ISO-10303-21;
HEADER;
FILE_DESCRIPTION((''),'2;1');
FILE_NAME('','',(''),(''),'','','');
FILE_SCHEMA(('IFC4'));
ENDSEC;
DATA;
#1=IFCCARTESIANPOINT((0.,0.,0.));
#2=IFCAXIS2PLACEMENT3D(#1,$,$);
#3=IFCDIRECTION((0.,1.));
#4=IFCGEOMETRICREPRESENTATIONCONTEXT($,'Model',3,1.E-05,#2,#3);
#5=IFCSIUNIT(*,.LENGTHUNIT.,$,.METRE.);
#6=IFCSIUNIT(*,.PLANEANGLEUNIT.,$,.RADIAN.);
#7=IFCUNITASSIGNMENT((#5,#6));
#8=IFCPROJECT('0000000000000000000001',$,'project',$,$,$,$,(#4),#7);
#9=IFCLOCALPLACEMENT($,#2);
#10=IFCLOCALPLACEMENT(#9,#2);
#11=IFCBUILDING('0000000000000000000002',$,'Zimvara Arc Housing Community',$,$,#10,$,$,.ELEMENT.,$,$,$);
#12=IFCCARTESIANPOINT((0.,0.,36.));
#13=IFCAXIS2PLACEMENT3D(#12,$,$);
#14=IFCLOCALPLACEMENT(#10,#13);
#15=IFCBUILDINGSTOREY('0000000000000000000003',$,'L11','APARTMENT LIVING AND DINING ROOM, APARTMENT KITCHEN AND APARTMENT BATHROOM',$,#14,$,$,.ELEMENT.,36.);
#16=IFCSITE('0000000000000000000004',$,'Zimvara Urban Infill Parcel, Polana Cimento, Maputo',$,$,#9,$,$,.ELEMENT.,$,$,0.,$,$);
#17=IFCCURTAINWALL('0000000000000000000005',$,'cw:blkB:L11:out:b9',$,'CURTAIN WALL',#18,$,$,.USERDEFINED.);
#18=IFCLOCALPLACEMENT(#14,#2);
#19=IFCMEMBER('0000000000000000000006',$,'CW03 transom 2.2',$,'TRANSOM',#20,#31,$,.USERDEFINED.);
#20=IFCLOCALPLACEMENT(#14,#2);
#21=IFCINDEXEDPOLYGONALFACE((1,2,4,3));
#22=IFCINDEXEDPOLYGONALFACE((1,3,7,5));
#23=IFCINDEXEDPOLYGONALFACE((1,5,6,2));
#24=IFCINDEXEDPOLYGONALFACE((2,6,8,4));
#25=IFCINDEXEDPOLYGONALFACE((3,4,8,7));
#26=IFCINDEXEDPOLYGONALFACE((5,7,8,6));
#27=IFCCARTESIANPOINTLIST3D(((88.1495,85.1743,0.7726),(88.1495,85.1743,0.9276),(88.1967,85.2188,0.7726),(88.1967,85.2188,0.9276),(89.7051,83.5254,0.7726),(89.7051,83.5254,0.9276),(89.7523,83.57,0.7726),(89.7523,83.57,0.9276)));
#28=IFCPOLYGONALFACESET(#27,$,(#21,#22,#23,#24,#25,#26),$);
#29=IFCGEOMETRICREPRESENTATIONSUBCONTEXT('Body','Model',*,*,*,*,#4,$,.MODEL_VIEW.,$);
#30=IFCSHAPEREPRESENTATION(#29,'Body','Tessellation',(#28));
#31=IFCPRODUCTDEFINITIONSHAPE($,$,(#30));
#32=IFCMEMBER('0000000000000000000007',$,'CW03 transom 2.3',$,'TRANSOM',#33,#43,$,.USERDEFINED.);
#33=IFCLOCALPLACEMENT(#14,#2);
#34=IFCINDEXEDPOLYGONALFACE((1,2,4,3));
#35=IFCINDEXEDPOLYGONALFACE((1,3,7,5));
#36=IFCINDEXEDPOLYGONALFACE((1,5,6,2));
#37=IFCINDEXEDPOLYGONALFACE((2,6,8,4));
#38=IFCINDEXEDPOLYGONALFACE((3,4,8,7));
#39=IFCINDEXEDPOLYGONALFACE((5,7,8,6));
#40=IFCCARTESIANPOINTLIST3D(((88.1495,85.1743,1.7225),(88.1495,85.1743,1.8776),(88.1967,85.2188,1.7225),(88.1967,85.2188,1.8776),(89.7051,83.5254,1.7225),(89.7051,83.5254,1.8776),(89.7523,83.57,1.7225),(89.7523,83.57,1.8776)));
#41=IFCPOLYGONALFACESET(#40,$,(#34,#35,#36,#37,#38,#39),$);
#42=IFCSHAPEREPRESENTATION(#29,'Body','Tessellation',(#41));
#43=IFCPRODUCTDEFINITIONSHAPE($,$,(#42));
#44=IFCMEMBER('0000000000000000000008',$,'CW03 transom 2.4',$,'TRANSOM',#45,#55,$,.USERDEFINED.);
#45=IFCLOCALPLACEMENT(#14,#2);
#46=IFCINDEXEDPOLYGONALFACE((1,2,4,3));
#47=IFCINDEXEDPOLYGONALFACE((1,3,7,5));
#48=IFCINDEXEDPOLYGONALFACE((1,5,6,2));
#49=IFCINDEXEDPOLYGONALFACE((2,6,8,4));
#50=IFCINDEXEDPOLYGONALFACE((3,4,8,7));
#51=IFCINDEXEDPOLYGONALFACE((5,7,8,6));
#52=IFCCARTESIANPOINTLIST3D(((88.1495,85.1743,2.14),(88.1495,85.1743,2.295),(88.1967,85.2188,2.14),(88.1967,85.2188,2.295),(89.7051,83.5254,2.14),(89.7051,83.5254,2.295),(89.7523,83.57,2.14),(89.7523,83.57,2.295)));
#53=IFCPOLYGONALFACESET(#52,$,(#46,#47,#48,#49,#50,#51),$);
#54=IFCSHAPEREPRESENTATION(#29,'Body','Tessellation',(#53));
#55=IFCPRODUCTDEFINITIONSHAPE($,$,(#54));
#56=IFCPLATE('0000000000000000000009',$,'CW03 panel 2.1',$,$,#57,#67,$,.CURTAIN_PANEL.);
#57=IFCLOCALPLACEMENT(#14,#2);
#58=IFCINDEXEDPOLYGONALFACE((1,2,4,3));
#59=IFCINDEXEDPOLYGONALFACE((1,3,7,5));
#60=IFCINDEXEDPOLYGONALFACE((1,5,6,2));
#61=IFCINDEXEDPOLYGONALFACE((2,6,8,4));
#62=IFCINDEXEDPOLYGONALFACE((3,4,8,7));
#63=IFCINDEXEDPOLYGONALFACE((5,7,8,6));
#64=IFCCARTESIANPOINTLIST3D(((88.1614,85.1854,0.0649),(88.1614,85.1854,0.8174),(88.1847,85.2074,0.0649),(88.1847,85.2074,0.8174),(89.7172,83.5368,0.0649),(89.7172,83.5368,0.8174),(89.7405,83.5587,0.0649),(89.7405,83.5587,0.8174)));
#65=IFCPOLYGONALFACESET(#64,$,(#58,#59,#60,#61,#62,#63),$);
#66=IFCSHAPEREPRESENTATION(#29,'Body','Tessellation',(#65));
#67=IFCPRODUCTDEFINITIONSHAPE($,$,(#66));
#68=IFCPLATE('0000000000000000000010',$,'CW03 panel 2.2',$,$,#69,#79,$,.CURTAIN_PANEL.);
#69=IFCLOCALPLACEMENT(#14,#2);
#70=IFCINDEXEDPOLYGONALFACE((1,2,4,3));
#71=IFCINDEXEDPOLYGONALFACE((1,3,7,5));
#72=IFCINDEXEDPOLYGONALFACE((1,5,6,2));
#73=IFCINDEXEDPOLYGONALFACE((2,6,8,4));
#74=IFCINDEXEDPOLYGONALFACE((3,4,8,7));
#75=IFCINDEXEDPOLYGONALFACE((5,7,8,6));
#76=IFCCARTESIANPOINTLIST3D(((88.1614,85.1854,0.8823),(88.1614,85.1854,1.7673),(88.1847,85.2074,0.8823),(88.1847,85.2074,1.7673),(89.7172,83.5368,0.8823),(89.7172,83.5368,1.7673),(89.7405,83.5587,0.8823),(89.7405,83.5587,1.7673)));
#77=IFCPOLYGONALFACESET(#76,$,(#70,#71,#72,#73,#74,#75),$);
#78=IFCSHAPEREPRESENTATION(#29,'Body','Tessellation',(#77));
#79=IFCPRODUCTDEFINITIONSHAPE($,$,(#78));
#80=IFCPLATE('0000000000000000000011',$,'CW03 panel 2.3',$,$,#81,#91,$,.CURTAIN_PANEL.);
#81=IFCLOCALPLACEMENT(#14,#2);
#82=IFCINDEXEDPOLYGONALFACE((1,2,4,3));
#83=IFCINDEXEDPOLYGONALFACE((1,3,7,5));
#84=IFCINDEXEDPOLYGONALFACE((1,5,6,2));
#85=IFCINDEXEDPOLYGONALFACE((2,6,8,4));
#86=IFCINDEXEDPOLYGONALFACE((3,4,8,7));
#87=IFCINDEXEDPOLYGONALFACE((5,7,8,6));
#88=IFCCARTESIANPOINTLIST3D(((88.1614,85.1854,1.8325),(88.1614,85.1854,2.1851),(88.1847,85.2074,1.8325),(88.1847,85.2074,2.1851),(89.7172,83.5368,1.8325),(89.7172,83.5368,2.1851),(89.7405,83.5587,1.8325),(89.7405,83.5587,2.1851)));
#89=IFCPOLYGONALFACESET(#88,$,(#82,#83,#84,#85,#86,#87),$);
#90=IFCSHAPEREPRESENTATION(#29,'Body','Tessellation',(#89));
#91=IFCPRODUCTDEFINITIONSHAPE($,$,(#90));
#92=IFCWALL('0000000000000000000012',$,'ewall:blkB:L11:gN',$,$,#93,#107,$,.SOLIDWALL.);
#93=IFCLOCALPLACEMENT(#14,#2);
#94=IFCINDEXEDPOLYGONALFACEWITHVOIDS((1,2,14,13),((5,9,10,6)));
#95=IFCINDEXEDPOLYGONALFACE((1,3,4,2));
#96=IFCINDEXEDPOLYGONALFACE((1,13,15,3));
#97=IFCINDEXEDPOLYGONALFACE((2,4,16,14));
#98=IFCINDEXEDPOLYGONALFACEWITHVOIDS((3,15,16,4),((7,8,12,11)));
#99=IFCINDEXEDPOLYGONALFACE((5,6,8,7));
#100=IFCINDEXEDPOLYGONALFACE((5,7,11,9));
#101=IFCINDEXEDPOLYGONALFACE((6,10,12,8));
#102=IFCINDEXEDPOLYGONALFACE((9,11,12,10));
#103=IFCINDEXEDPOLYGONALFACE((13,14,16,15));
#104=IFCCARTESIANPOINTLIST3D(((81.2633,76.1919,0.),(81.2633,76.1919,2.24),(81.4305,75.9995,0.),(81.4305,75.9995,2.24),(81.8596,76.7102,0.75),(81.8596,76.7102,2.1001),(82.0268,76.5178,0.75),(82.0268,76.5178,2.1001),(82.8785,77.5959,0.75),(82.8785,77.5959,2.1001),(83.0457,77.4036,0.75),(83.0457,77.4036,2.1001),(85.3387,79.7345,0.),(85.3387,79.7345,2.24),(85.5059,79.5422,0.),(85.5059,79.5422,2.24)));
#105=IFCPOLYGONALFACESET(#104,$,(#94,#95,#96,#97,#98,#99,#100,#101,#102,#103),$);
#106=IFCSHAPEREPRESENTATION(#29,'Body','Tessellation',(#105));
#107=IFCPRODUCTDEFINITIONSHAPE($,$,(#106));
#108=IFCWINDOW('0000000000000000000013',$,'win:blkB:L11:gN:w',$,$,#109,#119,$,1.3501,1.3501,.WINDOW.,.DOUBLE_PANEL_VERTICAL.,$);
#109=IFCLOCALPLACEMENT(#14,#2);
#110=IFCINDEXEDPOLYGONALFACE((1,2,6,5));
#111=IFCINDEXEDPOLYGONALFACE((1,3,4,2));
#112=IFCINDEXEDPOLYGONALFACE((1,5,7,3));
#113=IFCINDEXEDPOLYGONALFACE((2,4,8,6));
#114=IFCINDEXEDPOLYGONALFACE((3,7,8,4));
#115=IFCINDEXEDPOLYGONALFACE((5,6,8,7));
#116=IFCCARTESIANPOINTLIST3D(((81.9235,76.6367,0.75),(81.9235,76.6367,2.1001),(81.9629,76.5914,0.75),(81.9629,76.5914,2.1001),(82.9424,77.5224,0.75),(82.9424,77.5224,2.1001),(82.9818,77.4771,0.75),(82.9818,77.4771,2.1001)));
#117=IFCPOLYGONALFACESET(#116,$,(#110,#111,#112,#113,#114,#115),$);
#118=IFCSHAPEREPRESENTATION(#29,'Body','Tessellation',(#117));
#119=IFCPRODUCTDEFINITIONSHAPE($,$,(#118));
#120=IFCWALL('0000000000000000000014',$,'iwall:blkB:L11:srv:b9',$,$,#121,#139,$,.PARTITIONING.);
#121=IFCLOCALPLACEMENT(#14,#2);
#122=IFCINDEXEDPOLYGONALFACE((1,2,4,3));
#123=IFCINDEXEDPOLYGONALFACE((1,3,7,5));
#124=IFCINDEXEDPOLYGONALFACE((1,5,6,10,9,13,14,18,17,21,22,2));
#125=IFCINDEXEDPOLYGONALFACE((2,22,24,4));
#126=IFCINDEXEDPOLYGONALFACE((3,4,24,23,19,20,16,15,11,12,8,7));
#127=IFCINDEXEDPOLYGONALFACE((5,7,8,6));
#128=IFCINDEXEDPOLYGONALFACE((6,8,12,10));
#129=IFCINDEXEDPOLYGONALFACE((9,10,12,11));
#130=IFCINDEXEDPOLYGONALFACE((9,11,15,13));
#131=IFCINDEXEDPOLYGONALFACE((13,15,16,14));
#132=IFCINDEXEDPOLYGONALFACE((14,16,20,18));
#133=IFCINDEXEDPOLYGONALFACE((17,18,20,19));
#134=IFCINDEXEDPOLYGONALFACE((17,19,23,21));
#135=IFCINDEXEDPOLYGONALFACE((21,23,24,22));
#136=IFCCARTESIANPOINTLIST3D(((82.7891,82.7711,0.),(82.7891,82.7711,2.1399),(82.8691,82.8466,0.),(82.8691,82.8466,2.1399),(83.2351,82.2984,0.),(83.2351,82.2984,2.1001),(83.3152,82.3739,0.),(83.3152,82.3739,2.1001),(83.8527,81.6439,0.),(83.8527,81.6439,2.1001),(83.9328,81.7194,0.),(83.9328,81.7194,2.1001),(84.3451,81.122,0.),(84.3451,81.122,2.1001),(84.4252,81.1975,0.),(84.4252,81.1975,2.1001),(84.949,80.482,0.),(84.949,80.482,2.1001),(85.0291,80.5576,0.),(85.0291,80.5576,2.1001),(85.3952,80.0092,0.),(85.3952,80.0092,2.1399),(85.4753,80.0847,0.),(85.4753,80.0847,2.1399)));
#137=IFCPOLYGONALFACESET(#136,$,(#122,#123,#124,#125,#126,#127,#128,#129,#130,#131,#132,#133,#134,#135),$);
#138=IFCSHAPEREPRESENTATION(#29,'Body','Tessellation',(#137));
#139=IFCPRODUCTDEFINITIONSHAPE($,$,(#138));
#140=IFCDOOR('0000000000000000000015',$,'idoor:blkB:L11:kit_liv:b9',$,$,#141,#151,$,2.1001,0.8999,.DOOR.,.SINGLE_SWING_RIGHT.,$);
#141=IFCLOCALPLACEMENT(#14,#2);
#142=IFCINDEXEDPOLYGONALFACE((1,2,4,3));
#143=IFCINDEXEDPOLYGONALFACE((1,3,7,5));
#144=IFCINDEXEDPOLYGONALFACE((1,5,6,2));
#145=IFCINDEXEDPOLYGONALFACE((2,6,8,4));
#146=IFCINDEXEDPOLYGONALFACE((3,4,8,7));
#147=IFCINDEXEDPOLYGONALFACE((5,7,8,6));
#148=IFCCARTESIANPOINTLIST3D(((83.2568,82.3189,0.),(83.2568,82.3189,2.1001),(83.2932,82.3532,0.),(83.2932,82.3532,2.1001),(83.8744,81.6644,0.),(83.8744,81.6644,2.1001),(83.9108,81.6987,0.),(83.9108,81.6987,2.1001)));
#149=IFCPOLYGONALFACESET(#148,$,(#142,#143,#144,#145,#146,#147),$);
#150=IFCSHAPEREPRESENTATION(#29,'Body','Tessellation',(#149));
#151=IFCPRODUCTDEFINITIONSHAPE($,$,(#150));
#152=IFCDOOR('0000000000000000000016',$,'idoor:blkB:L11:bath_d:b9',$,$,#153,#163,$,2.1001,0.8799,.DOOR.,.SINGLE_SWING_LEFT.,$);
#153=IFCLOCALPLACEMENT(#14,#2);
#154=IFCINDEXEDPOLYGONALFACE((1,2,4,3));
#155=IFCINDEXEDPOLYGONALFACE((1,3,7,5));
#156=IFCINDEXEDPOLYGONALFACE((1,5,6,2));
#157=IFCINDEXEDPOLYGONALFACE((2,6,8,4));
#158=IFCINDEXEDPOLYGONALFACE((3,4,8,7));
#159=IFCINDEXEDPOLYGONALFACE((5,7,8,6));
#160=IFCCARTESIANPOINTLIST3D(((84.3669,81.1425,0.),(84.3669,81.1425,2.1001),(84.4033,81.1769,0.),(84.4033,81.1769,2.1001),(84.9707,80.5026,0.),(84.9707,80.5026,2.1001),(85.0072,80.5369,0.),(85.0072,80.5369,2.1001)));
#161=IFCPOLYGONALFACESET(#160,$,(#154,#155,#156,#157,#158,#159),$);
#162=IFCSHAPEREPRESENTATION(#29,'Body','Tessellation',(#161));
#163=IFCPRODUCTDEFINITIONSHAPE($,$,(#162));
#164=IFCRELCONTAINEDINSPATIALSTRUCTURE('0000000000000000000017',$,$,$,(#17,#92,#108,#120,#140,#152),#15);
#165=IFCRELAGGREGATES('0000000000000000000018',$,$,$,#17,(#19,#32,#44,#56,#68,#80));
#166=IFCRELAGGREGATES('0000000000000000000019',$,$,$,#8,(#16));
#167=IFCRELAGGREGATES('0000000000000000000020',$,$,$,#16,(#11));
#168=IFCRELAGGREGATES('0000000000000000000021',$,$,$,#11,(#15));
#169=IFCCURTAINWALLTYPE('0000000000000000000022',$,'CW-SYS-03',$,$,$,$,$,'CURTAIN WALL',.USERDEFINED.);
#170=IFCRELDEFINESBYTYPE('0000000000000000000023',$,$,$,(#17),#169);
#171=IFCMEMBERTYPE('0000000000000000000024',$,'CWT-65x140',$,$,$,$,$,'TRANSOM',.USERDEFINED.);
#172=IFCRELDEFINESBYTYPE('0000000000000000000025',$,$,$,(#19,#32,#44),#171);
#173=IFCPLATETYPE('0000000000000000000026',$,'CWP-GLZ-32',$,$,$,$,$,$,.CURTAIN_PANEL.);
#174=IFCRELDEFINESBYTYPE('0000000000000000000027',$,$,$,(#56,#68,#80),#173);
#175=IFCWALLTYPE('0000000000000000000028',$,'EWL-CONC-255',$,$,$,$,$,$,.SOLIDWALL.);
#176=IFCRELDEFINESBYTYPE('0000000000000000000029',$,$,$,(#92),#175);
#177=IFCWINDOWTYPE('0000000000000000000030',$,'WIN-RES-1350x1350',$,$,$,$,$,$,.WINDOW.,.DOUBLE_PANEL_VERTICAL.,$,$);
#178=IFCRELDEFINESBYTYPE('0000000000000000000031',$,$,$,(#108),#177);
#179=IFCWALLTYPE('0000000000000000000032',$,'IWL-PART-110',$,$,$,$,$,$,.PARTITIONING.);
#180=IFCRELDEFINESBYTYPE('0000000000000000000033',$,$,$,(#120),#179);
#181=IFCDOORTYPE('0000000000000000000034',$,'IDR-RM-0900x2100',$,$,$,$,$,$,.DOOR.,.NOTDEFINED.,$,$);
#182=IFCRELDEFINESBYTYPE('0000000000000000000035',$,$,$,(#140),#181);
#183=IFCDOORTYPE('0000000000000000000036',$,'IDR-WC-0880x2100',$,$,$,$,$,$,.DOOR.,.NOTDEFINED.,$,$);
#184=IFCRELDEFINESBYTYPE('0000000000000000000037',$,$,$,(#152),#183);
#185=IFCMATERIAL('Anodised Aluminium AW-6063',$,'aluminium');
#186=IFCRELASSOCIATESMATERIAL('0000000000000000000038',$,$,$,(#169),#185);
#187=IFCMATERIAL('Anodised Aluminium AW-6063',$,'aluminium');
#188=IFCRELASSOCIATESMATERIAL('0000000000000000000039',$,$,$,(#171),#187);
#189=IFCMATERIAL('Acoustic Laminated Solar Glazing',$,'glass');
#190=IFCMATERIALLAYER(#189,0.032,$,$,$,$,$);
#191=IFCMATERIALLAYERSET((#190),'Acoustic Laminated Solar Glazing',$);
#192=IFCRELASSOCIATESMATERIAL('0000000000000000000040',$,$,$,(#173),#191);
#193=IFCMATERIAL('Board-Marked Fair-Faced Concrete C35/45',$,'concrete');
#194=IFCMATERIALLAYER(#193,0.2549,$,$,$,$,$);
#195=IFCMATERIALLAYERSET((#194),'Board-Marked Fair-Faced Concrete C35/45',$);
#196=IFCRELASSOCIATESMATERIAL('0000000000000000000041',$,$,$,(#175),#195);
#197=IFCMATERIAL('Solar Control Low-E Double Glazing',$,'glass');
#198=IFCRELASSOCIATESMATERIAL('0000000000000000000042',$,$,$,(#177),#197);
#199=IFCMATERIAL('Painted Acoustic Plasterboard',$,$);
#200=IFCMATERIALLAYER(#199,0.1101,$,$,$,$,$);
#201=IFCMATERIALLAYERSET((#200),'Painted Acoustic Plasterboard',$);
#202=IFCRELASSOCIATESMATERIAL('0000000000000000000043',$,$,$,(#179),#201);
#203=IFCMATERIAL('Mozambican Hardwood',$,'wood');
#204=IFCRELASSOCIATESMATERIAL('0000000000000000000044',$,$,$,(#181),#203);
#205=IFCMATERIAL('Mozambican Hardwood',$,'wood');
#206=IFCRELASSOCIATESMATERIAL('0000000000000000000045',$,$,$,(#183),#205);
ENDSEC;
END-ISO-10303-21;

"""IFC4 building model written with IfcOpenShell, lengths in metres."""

from ifc_helpers import new_model, si_unit, direction, frame, frame_2d, origin, origin_2d, place, context, subcontext, project, spatial, rectangle, extrude, material, layer, layer_set, material_profile, profile_set, type_object, element, fill, aggregate, save


model = new_model("IFC4")

# Units and contexts
model_context = context("Model", 3, precision=1e-05, world=origin(), true_north=direction((0.0, 1.0)))
body_context = subcontext(model_context, "Body", "Model", "MODEL_VIEW")
ifc_project = project(units=[si_unit("LENGTHUNIT", "METRE"), si_unit("PLANEANGLEUNIT", "RADIAN")], contexts=[model_context])

# Site, building, storey
site_placement = place(None, origin())
site = spatial("IfcSite", under=ifc_project, at=site_placement, Name="Zimvara Urban Infill Parcel, Polana Cimento, Maputo", CompositionType="ELEMENT", RefElevation=0.0)
building_placement = place(site_placement, origin())
building = spatial("IfcBuilding", under=site, at=building_placement, Name="Zimvara Arc Housing Community", CompositionType="ELEMENT")
storey_placement = place(building_placement, frame((0.0, 0.0, 36.0)))
storey = spatial("IfcBuildingStorey", under=building, at=storey_placement, Name="L11", Description="APARTMENT LIVING AND DINING ROOM, APARTMENT KITCHEN AND APARTMENT BATHROOM", CompositionType="ELEMENT", Elevation=36.0)

# Curtain wall, members, plates
ifc_material_1 = material(Name="Anodised Aluminium AW-6063", Category="aluminium")
curtain_wall_type_1 = type_object("IfcCurtainWallType", Name="CW-SYS-03", ElementType="CURTAIN WALL", PredefinedType="USERDEFINED", material=ifc_material_1)
curtain_wall_1_placement = place(storey_placement, origin())
curtain_wall_1 = element("IfcCurtainWall", 1, at=curtain_wall_1_placement, inside=storey, type_object=curtain_wall_type_1, Name="cw:blkB:L11:out:b9", ObjectType="CURTAIN WALL", PredefinedType="USERDEFINED")
ifc_material_2 = material(Name="Anodised Aluminium AW-6063", Category="aluminium")
ifc_material_profile_1 = material_profile(ifc_material_2, rectangle(XDim=0.0649, YDim=0.155, at=origin_2d()), Name="ALU 65x155")
ifc_profile_set_1 = profile_set([ifc_material_profile_1], Name="Anodised Aluminium AW-6063")
member_type_1 = type_object("IfcMemberType", Name="CWT-65x140", ElementType="TRANSOM", PredefinedType="USERDEFINED", material=ifc_profile_set_1)
member_1_placement = place(storey_placement, frame((88.1731, 85.1965, 0.8501), z_axis=(0.686238, -0.727377, 0.0), x_axis=(0.727377, 0.686238, 0.0)))
member_1 = element("IfcMember", 2, at=member_1_placement, type_object=member_type_1, Name="CW03 transom 2.2", ObjectType="TRANSOM", PredefinedType="USERDEFINED", context=body_context, shape_type="SweptSolid", body=[
    extrude(rectangle(XDim=0.0649, YDim=0.155, at=origin_2d()), origin(), (0.0, 0.0, 1.0), 2.2668),
])
member_2_placement = place(storey_placement, frame((88.1731, 85.1965, 1.8), z_axis=(0.686238, -0.727377, 0.0), x_axis=(0.727377, 0.686238, 0.0)))
member_2 = element("IfcMember", 3, at=member_2_placement, type_object=member_type_1, Name="CW03 transom 2.3", ObjectType="TRANSOM", PredefinedType="USERDEFINED", context=body_context, shape_type="SweptSolid", body=[
    extrude(rectangle(XDim=0.0649, YDim=0.155, at=origin_2d()), origin(), (0.0, 0.0, 1.0), 2.2668),
])
member_3_placement = place(storey_placement, frame((88.1731, 85.1965, 2.2175), z_axis=(0.686238, -0.727377, 0.0), x_axis=(0.727377, 0.686238, 0.0)))
member_3 = element("IfcMember", 4, at=member_3_placement, type_object=member_type_1, Name="CW03 transom 2.4", ObjectType="TRANSOM", PredefinedType="USERDEFINED", context=body_context, shape_type="SweptSolid", body=[
    extrude(rectangle(XDim=0.0649, YDim=0.155, at=origin_2d()), origin(), (0.0, 0.0, 1.0), 2.2668),
])
ifc_material_3 = material(Name="Acoustic Laminated Solar Glazing", Category="glass")
ifc_layer_1 = layer(ifc_material_3, 0.032)
ifc_layer_set_1 = layer_set([ifc_layer_1], Name="Acoustic Laminated Solar Glazing")
plate_type = type_object("IfcPlateType", Name="CWP-GLZ-32", PredefinedType="CURTAIN_PANEL", material=ifc_layer_set_1)
plate_1_placement = place(storey_placement, frame((88.9509, 84.3721, 0.0649), z_axis=(0.0, 0.0, 1.0), x_axis=(0.686326, -0.727294, 0.0)))
plate_1 = element("IfcPlate", 5, at=plate_1_placement, type_object=plate_type, Name="CW03 panel 2.1", PredefinedType="CURTAIN_PANEL", context=body_context, shape_type="SweptSolid", body=[
    extrude(rectangle(XDim=2.2668, YDim=0.032, at=origin_2d()), origin(), (0.0, 0.0, 1.0), 0.7524),
])
plate_2_placement = place(storey_placement, frame((88.9509, 84.3721, 0.8823), z_axis=(0.0, 0.0, 1.0), x_axis=(0.686326, -0.727294, 0.0)))
plate_2 = element("IfcPlate", 6, at=plate_2_placement, type_object=plate_type, Name="CW03 panel 2.2", PredefinedType="CURTAIN_PANEL", context=body_context, shape_type="SweptSolid", body=[
    extrude(rectangle(XDim=2.2668, YDim=0.032, at=origin_2d()), origin(), (0.0, 0.0, 1.0), 0.885),
])
plate_3_placement = place(storey_placement, frame((88.9509, 84.3721, 1.8325), z_axis=(0.0, 0.0, 1.0), x_axis=(0.686326, -0.727294, 0.0)))
plate_3 = element("IfcPlate", 7, at=plate_3_placement, type_object=plate_type, Name="CW03 panel 2.3", PredefinedType="CURTAIN_PANEL", context=body_context, shape_type="SweptSolid", body=[
    extrude(rectangle(XDim=2.2668, YDim=0.032, at=origin_2d()), origin(), (0.0, 0.0, 1.0), 0.3525),
])
aggregate(curtain_wall_1, [member_1, member_2, member_3, plate_1, plate_2, plate_3])

# Wall, opening, window
ifc_material_4 = material(Name="Board-Marked Fair-Faced Concrete C35/45", Category="concrete")
ifc_layer_2 = layer(ifc_material_4, 0.2549)
ifc_layer_set_2 = layer_set([ifc_layer_2], Name="Board-Marked Fair-Faced Concrete C35/45")
wall_type_1 = type_object("IfcWallType", Name="EWL-CONC-255", PredefinedType="SOLIDWALL", material=ifc_layer_set_2)
wall_1_placement = place(storey_placement, frame((81.3469, 76.0957, 0.0), z_axis=(0.0, 0.0, 1.0), x_axis=(0.75471, 0.656059, 0.0)))
wall_1 = element("IfcWall", 8, at=wall_1_placement, inside=storey, type_object=wall_type_1, Name="ewall:blkB:L11:gN", PredefinedType="SOLIDWALL", context=body_context, shape_type="SweptSolid", body=[
    extrude(rectangle(XDim=5.3999, YDim=0.2549, at=frame_2d((2.7, 0.0))), origin(), (0.0, 0.0, 1.0), 2.24),
])
opening_1_placement = place(wall_1_placement, frame((0.79, 0.0, 0.75)))
opening_1 = element("IfcOpeningElement", 9, at=opening_1_placement, cuts=wall_1, PredefinedType="OPENING", context=body_context, shape_type="SweptSolid", body=[
    extrude(rectangle(XDim=1.3501, YDim=1.3501, at=frame_2d((0.675, 0.675))), frame((0.0, 0.1375, 0.0), z_axis=(0.0, -1.0, 0.0), x_axis=(1.0, 0.0, 0.0)), (0.0, 0.0, 1.0), 0.2749),
])
ifc_material_5 = material(Name="Solar Control Low-E Double Glazing", Category="glass")
window_type = type_object("IfcWindowType", Name="WIN-RES-1350x1350", PartitioningType="DOUBLE_PANEL_VERTICAL", PredefinedType="WINDOW", material=ifc_material_5)
window_placement = place(opening_1_placement, origin())
window = element("IfcWindow", 10, at=window_placement, inside=storey, type_object=window_type, Name="win:blkB:L11:gN:w", OverallHeight=1.3501, OverallWidth=1.3501, PartitioningType="DOUBLE_PANEL_VERTICAL", PredefinedType="WINDOW", context=body_context, shape_type="SweptSolid", body=[
    extrude(rectangle(XDim=1.3501, YDim=1.3501, at=frame_2d((0.675, 0.675))), frame((0.0, 0.03, 0.0), z_axis=(0.0, -1.0, 0.0), x_axis=(1.0, 0.0, 0.0)), (0.0, 0.0, 1.0), 0.0601),
])
fill(opening_1, window)

# Wall, openings, doors
ifc_material_6 = material(Name="Painted Acoustic Plasterboard")
ifc_layer_3 = layer(ifc_material_6, 0.1101)
ifc_layer_set_3 = layer_set([ifc_layer_3], Name="Painted Acoustic Plasterboard")
wall_type_2 = type_object("IfcWallType", Name="IWL-PART-110", PredefinedType="PARTITIONING", material=ifc_layer_set_3)
wall_2_placement = place(storey_placement, frame((82.8291, 82.8088, 0.0), z_axis=(0.0, 0.0, 1.0), x_axis=(0.686301, -0.727318, 0.0)))
wall_2 = element("IfcWall", 11, at=wall_2_placement, inside=storey, type_object=wall_type_2, Name="iwall:blkB:L11:srv:b9", PredefinedType="PARTITIONING", context=body_context, shape_type="SweptSolid", body=[
    extrude(rectangle(XDim=3.7974, YDim=0.1101, at=frame_2d((1.8987, 0.0))), origin(), (0.0, 0.0, 1.0), 2.1399),
])
opening_2_placement = place(wall_2_placement, frame((0.6499, 0.0, 0.0)))
opening_2 = element("IfcOpeningElement", 12, at=opening_2_placement, cuts=wall_2, PredefinedType="OPENING", context=body_context, shape_type="SweptSolid", body=[
    extrude(rectangle(XDim=0.8999, YDim=2.1001, at=frame_2d((0.45, 1.05))), frame((0.0, 0.0649, 0.0), z_axis=(0.0, -1.0, 0.0), x_axis=(1.0, 0.0, 0.0)), (0.0, 0.0, 1.0), 0.1301),
])
opening_3_placement = place(wall_2_placement, frame((2.2673, 0.0, 0.0)))
opening_3 = element("IfcOpeningElement", 13, at=opening_3_placement, cuts=wall_2, PredefinedType="OPENING", context=body_context, shape_type="SweptSolid", body=[
    extrude(rectangle(XDim=0.8799, YDim=2.1001, at=frame_2d((0.4399, 1.05))), frame((0.0, 0.0649, 0.0), z_axis=(0.0, -1.0, 0.0), x_axis=(1.0, 0.0, 0.0)), (0.0, 0.0, 1.0), 0.1301),
])
ifc_material_7 = material(Name="Mozambican Hardwood", Category="wood")
door_type_1 = type_object("IfcDoorType", Name="IDR-RM-0900x2100", OperationType="NOTDEFINED", PredefinedType="DOOR", material=ifc_material_7)
door_1_placement = place(opening_2_placement, origin())
door_1 = element("IfcDoor", 14, at=door_1_placement, inside=storey, type_object=door_type_1, Name="idoor:blkB:L11:kit_liv:b9", OperationType="SINGLE_SWING_RIGHT", OverallHeight=2.1001, OverallWidth=0.8999, PredefinedType="DOOR", context=body_context, shape_type="SweptSolid", body=[
    extrude(rectangle(XDim=0.8999, YDim=2.1001, at=frame_2d((0.45, 1.05))), frame((0.0, 0.0249, 0.0), z_axis=(0.0, -1.0, 0.0), x_axis=(1.0, 0.0, 0.0)), (0.0, 0.0, 1.0), 0.05),
])
fill(opening_2, door_1)
ifc_material_8 = material(Name="Mozambican Hardwood", Category="wood")
door_type_2 = type_object("IfcDoorType", Name="IDR-WC-0880x2100", OperationType="NOTDEFINED", PredefinedType="DOOR", material=ifc_material_8)
door_2_placement = place(opening_3_placement, origin())
door_2 = element("IfcDoor", 15, at=door_2_placement, inside=storey, type_object=door_type_2, Name="idoor:blkB:L11:bath_d:b9", OperationType="SINGLE_SWING_LEFT", OverallHeight=2.1001, OverallWidth=0.8799, PredefinedType="DOOR", context=body_context, shape_type="SweptSolid", body=[
    extrude(rectangle(XDim=0.8799, YDim=2.1001, at=frame_2d((0.4399, 1.05))), frame((0.0, 0.0249, 0.0), z_axis=(0.0, -1.0, 0.0), x_axis=(1.0, 0.0, 0.0)), (0.0, 0.0, 1.0), 0.05),
])
fill(opening_3, door_2)

save(model, "model.ifc")
